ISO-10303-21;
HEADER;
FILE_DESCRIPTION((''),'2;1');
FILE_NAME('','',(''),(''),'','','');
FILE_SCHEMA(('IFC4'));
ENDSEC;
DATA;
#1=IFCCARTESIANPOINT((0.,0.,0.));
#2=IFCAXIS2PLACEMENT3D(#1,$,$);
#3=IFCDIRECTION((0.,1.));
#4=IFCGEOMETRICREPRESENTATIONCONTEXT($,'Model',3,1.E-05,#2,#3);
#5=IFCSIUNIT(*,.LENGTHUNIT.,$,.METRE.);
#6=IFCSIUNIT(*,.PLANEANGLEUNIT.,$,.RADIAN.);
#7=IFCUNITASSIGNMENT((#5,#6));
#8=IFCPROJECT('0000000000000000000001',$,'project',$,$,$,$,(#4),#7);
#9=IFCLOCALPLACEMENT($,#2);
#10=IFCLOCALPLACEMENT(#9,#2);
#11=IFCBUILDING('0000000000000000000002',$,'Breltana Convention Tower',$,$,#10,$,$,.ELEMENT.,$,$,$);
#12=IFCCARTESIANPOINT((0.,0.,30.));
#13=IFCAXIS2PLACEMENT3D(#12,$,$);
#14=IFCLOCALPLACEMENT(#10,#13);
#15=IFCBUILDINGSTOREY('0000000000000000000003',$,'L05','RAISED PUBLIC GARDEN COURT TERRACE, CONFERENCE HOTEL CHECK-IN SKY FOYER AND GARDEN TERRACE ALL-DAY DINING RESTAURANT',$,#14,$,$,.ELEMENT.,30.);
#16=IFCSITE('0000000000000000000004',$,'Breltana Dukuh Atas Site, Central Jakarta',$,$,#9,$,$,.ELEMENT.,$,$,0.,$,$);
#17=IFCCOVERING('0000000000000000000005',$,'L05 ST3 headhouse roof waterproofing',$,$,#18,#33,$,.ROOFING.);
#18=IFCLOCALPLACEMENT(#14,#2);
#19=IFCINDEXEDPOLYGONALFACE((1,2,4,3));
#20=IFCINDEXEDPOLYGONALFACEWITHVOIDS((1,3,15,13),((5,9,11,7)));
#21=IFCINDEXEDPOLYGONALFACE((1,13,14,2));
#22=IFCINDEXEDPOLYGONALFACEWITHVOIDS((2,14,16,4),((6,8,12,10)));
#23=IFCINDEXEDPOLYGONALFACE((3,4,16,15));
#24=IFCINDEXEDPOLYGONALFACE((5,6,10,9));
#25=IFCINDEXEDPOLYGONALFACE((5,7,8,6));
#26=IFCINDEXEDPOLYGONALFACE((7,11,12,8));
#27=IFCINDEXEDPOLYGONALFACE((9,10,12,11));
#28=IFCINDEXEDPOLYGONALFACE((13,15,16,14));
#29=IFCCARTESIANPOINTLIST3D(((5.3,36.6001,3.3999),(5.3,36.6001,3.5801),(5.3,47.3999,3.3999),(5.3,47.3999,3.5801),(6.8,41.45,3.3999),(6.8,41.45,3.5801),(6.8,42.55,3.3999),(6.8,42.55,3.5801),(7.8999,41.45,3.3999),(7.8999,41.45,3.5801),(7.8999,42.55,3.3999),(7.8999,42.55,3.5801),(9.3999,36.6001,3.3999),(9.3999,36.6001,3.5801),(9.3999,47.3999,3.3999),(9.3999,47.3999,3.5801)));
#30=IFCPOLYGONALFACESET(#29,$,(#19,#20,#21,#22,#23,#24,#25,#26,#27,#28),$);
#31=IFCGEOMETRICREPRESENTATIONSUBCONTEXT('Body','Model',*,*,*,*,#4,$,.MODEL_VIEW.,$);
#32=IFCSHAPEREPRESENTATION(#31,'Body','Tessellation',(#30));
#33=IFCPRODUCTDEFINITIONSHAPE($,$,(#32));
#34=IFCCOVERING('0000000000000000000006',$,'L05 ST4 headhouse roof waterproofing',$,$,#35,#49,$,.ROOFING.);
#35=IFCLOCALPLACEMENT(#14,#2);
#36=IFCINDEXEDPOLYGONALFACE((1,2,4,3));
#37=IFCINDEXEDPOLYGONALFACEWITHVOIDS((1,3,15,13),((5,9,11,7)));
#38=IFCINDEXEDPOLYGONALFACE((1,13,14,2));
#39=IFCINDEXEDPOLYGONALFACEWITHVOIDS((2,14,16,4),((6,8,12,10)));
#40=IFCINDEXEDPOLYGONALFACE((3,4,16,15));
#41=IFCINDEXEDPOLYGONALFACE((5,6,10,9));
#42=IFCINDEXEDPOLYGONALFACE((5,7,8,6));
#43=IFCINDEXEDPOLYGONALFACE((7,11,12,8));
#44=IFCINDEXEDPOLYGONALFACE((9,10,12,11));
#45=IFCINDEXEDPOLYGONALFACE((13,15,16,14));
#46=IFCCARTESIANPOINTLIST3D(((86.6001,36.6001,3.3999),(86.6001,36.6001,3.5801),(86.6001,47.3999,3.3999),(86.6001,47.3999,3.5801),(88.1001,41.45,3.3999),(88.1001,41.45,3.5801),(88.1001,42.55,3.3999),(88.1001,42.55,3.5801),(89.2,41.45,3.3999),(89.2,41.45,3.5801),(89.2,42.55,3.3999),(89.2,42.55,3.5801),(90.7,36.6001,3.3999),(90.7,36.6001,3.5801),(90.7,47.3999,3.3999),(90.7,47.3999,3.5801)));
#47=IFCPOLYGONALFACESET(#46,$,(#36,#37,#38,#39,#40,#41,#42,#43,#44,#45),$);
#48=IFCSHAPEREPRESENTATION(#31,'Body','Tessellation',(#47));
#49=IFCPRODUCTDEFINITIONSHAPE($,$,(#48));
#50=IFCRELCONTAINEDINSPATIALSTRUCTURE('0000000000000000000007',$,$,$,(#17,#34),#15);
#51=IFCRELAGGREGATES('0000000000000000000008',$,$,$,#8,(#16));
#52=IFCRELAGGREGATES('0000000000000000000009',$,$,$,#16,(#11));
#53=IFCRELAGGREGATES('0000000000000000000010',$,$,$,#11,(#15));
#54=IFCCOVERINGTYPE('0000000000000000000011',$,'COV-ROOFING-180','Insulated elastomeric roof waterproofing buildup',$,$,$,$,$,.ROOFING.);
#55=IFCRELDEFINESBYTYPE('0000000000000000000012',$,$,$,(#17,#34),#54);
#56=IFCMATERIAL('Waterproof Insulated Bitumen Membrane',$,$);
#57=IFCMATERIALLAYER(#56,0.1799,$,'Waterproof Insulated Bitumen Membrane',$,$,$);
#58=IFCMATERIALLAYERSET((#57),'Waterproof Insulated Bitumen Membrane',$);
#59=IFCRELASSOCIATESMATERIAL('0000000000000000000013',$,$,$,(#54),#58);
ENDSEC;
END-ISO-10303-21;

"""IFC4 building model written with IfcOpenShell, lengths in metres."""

from ifc_helpers import new_model, si_unit, direction, frame, origin, place, context, subcontext, project, spatial, polyline, outline, extrude, material, layer, layer_set, type_object, element, save


model = new_model("IFC4")

# Units and contexts
model_context = context("Model", 3, precision=1e-05, world=origin(), true_north=direction((0.0, 1.0)))
body_context = subcontext(model_context, "Body", "Model", "MODEL_VIEW")
ifc_project = project(units=[si_unit("LENGTHUNIT", "METRE"), si_unit("PLANEANGLEUNIT", "RADIAN")], contexts=[model_context])

# Site, building, storey
site_placement = place(None, origin())
site = spatial("IfcSite", under=ifc_project, at=site_placement, Name="Breltana Dukuh Atas Site, Central Jakarta", CompositionType="ELEMENT", RefElevation=0.0)
building_placement = place(site_placement, origin())
building = spatial("IfcBuilding", under=site, at=building_placement, Name="Breltana Convention Tower", CompositionType="ELEMENT")
storey_placement = place(building_placement, frame((0.0, 0.0, 30.0)))
storey = spatial("IfcBuildingStorey", under=building, at=storey_placement, Name="L05", Description="RAISED PUBLIC GARDEN COURT TERRACE, CONFERENCE HOTEL CHECK-IN SKY FOYER AND GARDEN TERRACE ALL-DAY DINING RESTAURANT", CompositionType="ELEMENT", Elevation=30.0)

# Coverings
ifc_material_1 = material(Name="Waterproof Insulated Bitumen Membrane")
ifc_layer_1 = layer(ifc_material_1, 0.1799, Name="Waterproof Insulated Bitumen Membrane")
ifc_layer_set_1 = layer_set([ifc_layer_1], Name="Waterproof Insulated Bitumen Membrane")
covering_type = type_object("IfcCoveringType", Name="COV-ROOFING-180", Description="Insulated elastomeric roof waterproofing buildup", PredefinedType="ROOFING", material=ifc_layer_set_1)
covering_1_placement = place(storey_placement, frame((0.0, 0.0, 3.3999)))
element("IfcCovering", 1, at=covering_1_placement, inside=storey, type_object=covering_type, Name="L05 ST3 headhouse roof waterproofing", PredefinedType="ROOFING", context=body_context, shape_type="SweptSolid", body=[
    extrude(outline(polyline([(5.3, 36.6001), (9.3999, 36.6001), (9.3999, 47.3999), (5.3, 47.3999), (5.3, 36.6001)]), holes=[polyline([(6.8, 41.45), (7.8999, 41.45), (7.8999, 42.55), (6.8, 42.55), (6.8, 41.45)])]), origin(), (0.0, 0.0, 1.0), 0.1802),
])
covering_2_placement = place(storey_placement, frame((0.0, 0.0, 3.3999)))
element("IfcCovering", 2, at=covering_2_placement, inside=storey, type_object=covering_type, Name="L05 ST4 headhouse roof waterproofing", PredefinedType="ROOFING", context=body_context, shape_type="SweptSolid", body=[
    extrude(outline(polyline([(86.6001, 36.6001), (90.7, 36.6001), (90.7, 47.3999), (86.6001, 47.3999), (86.6001, 36.6001)]), holes=[polyline([(88.1001, 41.45), (89.2, 41.45), (89.2, 42.55), (88.1001, 42.55), (88.1001, 41.45)])]), origin(), (0.0, 0.0, 1.0), 0.1802),
])

save(model, "model.ifc")
